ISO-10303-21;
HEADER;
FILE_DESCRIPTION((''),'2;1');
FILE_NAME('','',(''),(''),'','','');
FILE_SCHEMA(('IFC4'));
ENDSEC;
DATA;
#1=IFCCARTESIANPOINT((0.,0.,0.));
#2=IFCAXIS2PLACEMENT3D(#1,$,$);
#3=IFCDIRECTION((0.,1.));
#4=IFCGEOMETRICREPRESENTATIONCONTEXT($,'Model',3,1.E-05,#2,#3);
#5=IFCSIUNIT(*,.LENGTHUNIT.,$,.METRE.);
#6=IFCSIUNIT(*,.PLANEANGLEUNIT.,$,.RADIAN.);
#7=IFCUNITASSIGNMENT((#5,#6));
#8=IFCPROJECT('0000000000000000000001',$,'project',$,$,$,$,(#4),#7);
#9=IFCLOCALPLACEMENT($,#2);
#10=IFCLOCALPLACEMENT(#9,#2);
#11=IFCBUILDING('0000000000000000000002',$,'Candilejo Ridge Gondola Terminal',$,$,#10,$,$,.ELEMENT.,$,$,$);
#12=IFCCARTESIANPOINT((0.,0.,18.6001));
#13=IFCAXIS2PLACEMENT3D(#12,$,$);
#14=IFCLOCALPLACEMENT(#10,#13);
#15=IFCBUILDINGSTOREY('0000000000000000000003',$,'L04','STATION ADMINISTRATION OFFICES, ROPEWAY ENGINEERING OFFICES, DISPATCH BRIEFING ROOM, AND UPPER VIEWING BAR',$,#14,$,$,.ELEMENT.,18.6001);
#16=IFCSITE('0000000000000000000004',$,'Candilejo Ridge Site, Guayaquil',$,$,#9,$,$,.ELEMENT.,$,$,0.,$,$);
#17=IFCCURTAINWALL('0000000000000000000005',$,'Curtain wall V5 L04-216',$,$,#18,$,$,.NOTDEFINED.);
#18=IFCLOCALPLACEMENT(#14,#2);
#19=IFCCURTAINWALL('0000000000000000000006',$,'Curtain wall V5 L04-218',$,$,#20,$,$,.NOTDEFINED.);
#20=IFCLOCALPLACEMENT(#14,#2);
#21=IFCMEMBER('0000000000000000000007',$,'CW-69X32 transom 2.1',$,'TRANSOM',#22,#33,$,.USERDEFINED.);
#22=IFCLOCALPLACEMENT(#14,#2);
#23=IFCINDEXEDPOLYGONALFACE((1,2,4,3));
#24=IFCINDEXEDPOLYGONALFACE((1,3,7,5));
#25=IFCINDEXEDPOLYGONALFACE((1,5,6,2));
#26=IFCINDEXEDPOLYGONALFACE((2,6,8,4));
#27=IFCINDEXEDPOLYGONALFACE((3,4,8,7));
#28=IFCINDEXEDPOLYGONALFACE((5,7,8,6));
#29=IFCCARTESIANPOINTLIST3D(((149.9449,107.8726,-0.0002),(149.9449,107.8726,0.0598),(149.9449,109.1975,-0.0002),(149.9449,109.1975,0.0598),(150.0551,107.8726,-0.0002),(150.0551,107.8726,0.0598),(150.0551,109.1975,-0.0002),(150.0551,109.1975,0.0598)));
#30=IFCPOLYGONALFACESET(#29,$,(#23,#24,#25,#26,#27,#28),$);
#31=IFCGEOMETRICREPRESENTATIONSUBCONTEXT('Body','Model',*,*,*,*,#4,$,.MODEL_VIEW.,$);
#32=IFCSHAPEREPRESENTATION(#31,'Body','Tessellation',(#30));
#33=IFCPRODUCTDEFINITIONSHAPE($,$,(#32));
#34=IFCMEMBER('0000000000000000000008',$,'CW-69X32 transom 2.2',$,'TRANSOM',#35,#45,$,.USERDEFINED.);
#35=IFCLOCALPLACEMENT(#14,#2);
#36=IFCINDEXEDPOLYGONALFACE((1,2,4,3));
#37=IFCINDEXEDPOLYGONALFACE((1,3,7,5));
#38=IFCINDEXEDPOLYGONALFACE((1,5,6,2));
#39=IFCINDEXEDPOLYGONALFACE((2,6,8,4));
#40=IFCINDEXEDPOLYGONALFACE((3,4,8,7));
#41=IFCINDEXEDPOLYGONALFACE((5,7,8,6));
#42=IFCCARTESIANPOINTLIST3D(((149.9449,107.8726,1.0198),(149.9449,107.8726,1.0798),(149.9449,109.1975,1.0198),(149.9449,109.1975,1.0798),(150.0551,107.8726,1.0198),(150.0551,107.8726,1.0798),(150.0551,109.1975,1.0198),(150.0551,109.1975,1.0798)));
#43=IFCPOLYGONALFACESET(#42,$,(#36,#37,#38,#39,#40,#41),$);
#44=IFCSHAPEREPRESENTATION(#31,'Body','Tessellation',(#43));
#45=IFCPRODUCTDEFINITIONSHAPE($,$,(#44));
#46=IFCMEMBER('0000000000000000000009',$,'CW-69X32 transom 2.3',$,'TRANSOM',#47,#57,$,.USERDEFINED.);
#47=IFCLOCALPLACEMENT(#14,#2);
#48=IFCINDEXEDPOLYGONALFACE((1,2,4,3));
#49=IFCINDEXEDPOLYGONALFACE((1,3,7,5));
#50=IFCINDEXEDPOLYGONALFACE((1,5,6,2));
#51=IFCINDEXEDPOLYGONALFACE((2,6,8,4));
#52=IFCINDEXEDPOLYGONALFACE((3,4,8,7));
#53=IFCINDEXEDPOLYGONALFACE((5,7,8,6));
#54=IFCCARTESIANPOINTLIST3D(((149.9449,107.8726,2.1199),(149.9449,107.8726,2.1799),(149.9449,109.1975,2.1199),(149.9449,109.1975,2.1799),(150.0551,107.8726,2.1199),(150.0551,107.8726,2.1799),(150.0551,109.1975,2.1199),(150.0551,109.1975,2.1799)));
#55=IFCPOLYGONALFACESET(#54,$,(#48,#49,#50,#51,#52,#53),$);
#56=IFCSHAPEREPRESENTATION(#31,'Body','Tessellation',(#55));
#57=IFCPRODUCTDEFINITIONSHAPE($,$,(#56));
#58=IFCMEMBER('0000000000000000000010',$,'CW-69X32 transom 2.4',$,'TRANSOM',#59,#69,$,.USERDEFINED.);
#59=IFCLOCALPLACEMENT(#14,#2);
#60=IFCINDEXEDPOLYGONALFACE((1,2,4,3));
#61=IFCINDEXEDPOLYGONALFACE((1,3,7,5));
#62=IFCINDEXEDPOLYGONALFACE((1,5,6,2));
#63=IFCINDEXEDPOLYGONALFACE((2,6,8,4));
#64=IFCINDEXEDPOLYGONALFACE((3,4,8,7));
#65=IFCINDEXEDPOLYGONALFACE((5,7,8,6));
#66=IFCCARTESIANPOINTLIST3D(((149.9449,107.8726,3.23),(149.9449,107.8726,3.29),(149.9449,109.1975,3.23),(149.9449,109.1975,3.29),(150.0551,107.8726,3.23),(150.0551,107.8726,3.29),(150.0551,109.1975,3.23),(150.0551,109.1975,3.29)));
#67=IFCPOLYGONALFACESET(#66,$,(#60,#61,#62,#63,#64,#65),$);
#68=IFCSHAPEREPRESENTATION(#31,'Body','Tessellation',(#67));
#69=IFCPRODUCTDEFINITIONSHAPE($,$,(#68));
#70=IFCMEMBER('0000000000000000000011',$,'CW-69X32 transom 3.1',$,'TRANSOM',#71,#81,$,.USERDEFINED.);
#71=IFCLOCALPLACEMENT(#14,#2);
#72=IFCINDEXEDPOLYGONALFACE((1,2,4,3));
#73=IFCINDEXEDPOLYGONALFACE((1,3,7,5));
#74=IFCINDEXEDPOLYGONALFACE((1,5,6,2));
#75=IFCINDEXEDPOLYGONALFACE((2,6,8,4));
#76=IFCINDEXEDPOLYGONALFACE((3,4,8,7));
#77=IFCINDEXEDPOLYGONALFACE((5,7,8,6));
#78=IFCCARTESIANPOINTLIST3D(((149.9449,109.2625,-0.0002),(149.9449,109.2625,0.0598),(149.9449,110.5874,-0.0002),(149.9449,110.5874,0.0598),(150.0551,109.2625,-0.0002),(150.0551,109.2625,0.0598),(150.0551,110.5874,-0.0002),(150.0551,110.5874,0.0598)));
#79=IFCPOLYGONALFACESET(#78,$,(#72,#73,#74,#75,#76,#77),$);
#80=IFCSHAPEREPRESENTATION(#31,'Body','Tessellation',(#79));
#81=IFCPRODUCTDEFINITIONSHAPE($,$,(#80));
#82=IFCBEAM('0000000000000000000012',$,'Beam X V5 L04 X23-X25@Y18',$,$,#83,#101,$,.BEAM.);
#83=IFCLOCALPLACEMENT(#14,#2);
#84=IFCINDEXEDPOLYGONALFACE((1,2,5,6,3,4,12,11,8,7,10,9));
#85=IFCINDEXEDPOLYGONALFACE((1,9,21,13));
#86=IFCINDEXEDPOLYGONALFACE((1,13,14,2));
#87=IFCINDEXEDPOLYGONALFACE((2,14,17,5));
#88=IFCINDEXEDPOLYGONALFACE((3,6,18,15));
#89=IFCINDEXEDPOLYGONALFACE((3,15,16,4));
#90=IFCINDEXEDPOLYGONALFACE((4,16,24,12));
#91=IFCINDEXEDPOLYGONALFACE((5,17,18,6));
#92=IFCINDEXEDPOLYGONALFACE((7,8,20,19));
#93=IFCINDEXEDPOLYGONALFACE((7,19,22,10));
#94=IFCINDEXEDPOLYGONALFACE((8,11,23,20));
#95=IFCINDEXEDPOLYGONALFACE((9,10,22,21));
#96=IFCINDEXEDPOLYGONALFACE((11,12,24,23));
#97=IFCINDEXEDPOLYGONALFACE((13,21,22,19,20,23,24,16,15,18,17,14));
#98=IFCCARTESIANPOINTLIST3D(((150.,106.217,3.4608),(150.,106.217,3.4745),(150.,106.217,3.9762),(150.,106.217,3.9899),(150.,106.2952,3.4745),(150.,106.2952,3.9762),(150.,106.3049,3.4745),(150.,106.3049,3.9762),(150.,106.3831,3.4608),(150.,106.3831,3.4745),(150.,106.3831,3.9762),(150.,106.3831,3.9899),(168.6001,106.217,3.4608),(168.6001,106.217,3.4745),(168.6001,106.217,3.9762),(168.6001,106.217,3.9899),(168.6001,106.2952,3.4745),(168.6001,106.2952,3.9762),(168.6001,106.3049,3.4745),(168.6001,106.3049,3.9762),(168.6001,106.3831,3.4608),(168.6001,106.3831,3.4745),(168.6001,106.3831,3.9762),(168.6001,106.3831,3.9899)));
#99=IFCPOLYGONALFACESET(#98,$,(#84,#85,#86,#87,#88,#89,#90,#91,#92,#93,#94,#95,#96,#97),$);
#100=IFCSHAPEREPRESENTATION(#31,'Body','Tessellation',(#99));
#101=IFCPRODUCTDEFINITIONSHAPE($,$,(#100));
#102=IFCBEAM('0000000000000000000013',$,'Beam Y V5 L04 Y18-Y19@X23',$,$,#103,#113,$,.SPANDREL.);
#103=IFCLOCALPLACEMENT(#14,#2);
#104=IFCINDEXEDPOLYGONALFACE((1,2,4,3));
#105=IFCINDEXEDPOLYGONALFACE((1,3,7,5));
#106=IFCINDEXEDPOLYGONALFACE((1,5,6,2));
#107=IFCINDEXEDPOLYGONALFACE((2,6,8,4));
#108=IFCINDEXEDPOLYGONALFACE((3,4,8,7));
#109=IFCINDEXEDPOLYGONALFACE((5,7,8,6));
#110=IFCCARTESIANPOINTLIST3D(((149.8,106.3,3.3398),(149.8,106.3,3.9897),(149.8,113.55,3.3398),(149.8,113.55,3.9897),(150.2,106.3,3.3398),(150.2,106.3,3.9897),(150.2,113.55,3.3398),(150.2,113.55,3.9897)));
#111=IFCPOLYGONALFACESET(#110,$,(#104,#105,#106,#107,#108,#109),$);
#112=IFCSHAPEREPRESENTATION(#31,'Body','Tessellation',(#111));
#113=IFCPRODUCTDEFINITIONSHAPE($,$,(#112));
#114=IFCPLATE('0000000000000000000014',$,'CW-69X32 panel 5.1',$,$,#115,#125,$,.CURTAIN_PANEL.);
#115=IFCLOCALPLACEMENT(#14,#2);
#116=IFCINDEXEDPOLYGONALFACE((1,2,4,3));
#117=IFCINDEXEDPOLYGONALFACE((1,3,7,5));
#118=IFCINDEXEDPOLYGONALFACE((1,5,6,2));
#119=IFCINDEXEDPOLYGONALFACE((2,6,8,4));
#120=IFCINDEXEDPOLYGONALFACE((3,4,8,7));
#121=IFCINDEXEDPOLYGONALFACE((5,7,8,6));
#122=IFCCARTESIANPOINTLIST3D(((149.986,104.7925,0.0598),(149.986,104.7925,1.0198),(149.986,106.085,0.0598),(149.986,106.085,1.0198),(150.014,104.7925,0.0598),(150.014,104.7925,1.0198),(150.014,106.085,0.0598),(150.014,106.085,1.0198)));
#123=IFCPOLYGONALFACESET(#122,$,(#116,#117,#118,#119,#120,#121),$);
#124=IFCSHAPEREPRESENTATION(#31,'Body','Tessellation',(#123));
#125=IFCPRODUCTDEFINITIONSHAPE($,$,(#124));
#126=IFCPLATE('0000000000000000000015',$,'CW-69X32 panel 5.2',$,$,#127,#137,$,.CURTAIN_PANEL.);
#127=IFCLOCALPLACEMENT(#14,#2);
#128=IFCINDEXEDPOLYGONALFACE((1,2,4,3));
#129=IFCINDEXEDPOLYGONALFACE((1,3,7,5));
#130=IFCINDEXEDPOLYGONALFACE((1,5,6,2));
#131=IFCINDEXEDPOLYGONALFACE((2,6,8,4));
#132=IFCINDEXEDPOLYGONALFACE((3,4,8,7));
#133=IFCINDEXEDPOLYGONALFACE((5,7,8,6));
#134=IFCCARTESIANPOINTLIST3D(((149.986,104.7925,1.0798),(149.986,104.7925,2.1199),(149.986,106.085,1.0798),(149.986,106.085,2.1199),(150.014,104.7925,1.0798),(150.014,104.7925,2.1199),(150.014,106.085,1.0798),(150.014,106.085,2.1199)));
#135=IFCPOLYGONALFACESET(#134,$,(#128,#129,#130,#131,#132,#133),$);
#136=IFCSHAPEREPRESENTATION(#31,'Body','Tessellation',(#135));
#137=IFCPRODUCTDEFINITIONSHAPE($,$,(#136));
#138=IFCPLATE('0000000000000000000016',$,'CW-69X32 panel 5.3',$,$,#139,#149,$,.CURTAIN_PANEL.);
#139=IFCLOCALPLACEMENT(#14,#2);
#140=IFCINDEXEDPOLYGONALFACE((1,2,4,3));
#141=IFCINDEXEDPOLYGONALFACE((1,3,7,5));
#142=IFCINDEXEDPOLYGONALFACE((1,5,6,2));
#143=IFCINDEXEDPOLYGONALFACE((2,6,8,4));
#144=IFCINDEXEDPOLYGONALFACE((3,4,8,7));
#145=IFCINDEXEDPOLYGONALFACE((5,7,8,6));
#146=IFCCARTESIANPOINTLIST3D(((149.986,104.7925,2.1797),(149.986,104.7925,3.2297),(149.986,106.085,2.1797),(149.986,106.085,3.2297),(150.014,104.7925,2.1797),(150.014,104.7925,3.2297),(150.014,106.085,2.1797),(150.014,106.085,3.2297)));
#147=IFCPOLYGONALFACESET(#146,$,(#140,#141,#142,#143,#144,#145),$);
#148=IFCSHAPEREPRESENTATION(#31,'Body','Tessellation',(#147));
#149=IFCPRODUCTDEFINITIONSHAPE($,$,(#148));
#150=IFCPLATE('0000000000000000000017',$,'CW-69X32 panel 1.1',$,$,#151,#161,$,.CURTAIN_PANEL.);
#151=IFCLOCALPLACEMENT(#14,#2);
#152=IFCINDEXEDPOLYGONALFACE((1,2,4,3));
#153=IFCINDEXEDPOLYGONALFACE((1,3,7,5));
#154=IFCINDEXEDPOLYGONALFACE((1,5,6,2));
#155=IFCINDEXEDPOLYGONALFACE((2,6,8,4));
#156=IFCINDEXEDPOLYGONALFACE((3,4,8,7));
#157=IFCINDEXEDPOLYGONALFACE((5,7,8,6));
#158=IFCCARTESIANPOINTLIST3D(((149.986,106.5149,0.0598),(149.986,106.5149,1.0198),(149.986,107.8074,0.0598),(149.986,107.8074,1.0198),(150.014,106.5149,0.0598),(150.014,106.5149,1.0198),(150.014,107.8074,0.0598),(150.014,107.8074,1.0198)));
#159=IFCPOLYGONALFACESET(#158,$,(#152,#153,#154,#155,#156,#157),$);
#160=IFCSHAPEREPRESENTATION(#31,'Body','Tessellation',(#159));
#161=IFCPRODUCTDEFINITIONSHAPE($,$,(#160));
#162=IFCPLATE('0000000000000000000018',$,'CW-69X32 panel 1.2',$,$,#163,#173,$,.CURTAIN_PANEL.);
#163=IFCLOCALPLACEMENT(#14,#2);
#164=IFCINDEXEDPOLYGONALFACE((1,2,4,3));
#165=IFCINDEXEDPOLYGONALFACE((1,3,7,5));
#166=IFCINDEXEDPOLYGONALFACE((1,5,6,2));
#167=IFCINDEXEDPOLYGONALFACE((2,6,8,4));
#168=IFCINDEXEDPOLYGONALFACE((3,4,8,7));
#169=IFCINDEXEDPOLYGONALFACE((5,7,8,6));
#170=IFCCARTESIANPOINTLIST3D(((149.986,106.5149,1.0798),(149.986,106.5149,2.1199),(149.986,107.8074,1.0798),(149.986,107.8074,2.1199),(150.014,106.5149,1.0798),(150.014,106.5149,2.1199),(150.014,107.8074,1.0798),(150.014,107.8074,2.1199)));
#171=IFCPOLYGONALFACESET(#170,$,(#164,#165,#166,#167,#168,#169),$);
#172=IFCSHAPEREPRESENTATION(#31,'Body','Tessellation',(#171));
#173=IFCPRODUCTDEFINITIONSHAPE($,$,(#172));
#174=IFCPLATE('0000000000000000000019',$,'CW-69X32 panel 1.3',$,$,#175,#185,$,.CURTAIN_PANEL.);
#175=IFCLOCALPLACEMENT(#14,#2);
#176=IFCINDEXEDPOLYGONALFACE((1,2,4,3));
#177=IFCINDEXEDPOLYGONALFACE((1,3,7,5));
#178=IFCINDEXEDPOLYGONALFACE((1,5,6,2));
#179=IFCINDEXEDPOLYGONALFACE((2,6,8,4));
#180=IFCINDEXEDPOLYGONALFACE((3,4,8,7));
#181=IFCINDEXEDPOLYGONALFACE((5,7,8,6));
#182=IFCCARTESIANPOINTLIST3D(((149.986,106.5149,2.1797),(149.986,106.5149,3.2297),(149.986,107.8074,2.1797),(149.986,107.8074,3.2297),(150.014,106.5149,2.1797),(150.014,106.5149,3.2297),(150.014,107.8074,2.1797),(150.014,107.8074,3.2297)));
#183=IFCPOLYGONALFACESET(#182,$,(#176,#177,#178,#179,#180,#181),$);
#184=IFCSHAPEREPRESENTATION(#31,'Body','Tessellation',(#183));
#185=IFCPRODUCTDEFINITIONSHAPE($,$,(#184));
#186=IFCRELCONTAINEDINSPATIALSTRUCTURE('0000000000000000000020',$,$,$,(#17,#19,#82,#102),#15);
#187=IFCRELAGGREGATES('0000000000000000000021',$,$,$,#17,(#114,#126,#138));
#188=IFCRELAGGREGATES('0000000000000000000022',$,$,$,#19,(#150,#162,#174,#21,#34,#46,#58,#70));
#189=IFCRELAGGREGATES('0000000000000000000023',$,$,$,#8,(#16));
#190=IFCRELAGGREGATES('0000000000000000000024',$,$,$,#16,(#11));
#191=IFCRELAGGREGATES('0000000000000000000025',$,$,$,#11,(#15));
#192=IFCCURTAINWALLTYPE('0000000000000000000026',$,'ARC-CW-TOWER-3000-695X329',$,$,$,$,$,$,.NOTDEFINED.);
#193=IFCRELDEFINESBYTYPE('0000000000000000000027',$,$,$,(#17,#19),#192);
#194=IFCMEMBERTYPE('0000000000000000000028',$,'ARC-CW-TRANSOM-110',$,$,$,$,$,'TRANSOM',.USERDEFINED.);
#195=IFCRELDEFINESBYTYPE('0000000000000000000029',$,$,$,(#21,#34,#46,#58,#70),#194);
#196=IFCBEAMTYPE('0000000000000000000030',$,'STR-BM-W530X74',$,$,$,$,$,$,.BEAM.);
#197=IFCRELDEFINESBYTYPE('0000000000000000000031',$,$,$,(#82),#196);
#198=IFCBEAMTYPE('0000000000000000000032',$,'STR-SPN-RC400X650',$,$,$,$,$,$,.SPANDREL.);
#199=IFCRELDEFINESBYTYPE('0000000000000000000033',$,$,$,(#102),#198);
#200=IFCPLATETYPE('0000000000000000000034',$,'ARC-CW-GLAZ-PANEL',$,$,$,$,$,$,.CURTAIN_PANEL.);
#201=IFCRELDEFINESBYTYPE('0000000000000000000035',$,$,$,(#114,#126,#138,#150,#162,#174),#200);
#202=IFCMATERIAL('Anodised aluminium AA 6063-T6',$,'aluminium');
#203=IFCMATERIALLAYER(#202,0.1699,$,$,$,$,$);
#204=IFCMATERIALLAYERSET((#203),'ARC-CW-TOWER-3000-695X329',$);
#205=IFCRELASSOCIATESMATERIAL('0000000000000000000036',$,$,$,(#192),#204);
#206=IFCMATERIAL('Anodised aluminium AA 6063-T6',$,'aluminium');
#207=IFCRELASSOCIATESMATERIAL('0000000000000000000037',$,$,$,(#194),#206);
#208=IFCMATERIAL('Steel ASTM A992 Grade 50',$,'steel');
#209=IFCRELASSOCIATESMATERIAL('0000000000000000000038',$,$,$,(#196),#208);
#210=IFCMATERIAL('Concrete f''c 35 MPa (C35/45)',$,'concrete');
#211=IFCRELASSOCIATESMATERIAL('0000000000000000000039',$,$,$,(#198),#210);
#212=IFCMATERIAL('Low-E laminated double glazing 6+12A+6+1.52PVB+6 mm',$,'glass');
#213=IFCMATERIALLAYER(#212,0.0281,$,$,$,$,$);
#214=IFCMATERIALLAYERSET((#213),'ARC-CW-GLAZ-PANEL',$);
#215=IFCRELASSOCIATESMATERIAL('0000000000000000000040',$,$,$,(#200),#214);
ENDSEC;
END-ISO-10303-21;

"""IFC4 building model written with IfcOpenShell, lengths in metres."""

from ifc_helpers import new_model, si_unit, direction, frame, origin, origin_2d, place, context, subcontext, project, spatial, rectangle, i_section, extrude, material, layer, layer_set, material_profile, profile_set, type_object, element, aggregate, save


model = new_model("IFC4")

# Units and contexts
model_context = context("Model", 3, precision=1e-05, world=origin(), true_north=direction((0.0, 1.0)))
body_context = subcontext(model_context, "Body", "Model", "MODEL_VIEW")
ifc_project = project(units=[si_unit("LENGTHUNIT", "METRE"), si_unit("PLANEANGLEUNIT", "RADIAN")], contexts=[model_context])

# Site, building, storey
site_placement = place(None, origin())
site = spatial("IfcSite", under=ifc_project, at=site_placement, Name="Candilejo Ridge Site, Guayaquil", CompositionType="ELEMENT", RefElevation=0.0)
building_placement = place(site_placement, origin())
building = spatial("IfcBuilding", under=site, at=building_placement, Name="Candilejo Ridge Gondola Terminal", CompositionType="ELEMENT")
storey_placement = place(building_placement, frame((0.0, 0.0, 18.6001)))
storey = spatial("IfcBuildingStorey", under=building, at=storey_placement, Name="L04", Description="STATION ADMINISTRATION OFFICES, ROPEWAY ENGINEERING OFFICES, DISPATCH BRIEFING ROOM, AND UPPER VIEWING BAR", CompositionType="ELEMENT", Elevation=18.6001)

# Curtain walls
ifc_material_1 = material(Name="Anodised aluminium AA 6063-T6", Category="aluminium")
ifc_layer_1 = layer(ifc_material_1, 0.1699)
ifc_layer_set_1 = layer_set([ifc_layer_1], Name="ARC-CW-TOWER-3000-695X329")
curtain_wall_type = type_object("IfcCurtainWallType", Name="ARC-CW-TOWER-3000-695X329", PredefinedType="NOTDEFINED", material=ifc_layer_set_1)
curtain_wall_1_placement = place(storey_placement, origin())
curtain_wall_1 = element("IfcCurtainWall", 1, at=curtain_wall_1_placement, inside=storey, type_object=curtain_wall_type, Name="Curtain wall V5 L04-216", PredefinedType="NOTDEFINED")
curtain_wall_2_placement = place(storey_placement, origin())
curtain_wall_2 = element("IfcCurtainWall", 2, at=curtain_wall_2_placement, inside=storey, type_object=curtain_wall_type, Name="Curtain wall V5 L04-218", PredefinedType="NOTDEFINED")

# Members
ifc_material_2 = material(Name="Anodised aluminium AA 6063-T6", Category="aluminium")
ifc_material_profile_1 = material_profile(ifc_material_2, rectangle(XDim=0.1101, YDim=0.0601, at=origin_2d()))
ifc_profile_set_1 = profile_set([ifc_material_profile_1], Name="Anodised aluminium AA 6063-T6")
member_type_1 = type_object("IfcMemberType", Name="ARC-CW-TRANSOM-110", ElementType="TRANSOM", PredefinedType="USERDEFINED", material=ifc_profile_set_1)
member_1_placement = place(storey_placement, frame((150.0, 107.8726, 0.0298), z_axis=(0.0, 1.0, 0.0), x_axis=(-1.0, 0.0, 0.0)))
member_1 = element("IfcMember", 3, at=member_1_placement, type_object=member_type_1, Name="CW-69X32 transom 2.1", ObjectType="TRANSOM", PredefinedType="USERDEFINED", context=body_context, shape_type="SweptSolid", body=[
    extrude(rectangle(XDim=0.1101, YDim=0.0601, at=origin_2d()), origin(), (0.0, 0.0, 1.0), 1.325),
])
member_2_placement = place(storey_placement, frame((150.0, 107.8726, 1.0498), z_axis=(0.0, 1.0, 0.0), x_axis=(-1.0, 0.0, 0.0)))
member_2 = element("IfcMember", 4, at=member_2_placement, type_object=member_type_1, Name="CW-69X32 transom 2.2", ObjectType="TRANSOM", PredefinedType="USERDEFINED", context=body_context, shape_type="SweptSolid", body=[
    extrude(rectangle(XDim=0.1101, YDim=0.0601, at=origin_2d()), origin(), (0.0, 0.0, 1.0), 1.325),
])
member_3_placement = place(storey_placement, frame((150.0, 107.8726, 2.1499), z_axis=(0.0, 1.0, 0.0), x_axis=(-1.0, 0.0, 0.0)))
member_3 = element("IfcMember", 5, at=member_3_placement, type_object=member_type_1, Name="CW-69X32 transom 2.3", ObjectType="TRANSOM", PredefinedType="USERDEFINED", context=body_context, shape_type="SweptSolid", body=[
    extrude(rectangle(XDim=0.1101, YDim=0.0601, at=origin_2d()), origin(), (0.0, 0.0, 1.0), 1.325),
])
member_4_placement = place(storey_placement, frame((150.0, 107.8726, 3.26), z_axis=(0.0, 1.0, 0.0), x_axis=(-1.0, 0.0, 0.0)))
member_4 = element("IfcMember", 6, at=member_4_placement, type_object=member_type_1, Name="CW-69X32 transom 2.4", ObjectType="TRANSOM", PredefinedType="USERDEFINED", context=body_context, shape_type="SweptSolid", body=[
    extrude(rectangle(XDim=0.1101, YDim=0.0601, at=origin_2d()), origin(), (0.0, 0.0, 1.0), 1.325),
])
member_5_placement = place(storey_placement, frame((150.0, 109.2625, 0.0298), z_axis=(0.0, 1.0, 0.0), x_axis=(-1.0, 0.0, 0.0)))
member_5 = element("IfcMember", 7, at=member_5_placement, type_object=member_type_1, Name="CW-69X32 transom 3.1", ObjectType="TRANSOM", PredefinedType="USERDEFINED", context=body_context, shape_type="SweptSolid", body=[
    extrude(rectangle(XDim=0.1101, YDim=0.0601, at=origin_2d()), origin(), (0.0, 0.0, 1.0), 1.325),
])

# Beams
ifc_material_3 = material(Name="Steel ASTM A992 Grade 50", Category="steel")
ifc_material_profile_2 = material_profile(ifc_material_3, i_section(OverallWidth=0.166, OverallDepth=0.5291, WebThickness=0.0098, FlangeThickness=0.0137, at=origin_2d()))
ifc_profile_set_2 = profile_set([ifc_material_profile_2], Name="Steel ASTM A992 Grade 50")
beam_type_1 = type_object("IfcBeamType", Name="STR-BM-W530X74", PredefinedType="BEAM", material=ifc_profile_set_2)
beam_1_placement = place(storey_placement, frame((150.0, 106.3, 3.7253), z_axis=(1.0, 0.0, 0.0), x_axis=(0.0, 1.0, 0.0)))
element("IfcBeam", 8, at=beam_1_placement, inside=storey, type_object=beam_type_1, Name="Beam X V5 L04 X23-X25@Y18", PredefinedType="BEAM", context=body_context, shape_type="SweptSolid", body=[
    extrude(i_section(OverallWidth=0.166, OverallDepth=0.5291, WebThickness=0.0098, FlangeThickness=0.0137, at=origin_2d()), origin(), (0.0, 0.0, 1.0), 18.6001),
])
ifc_material_4 = material(Name="Concrete f'c 35 MPa (C35/45)", Category="concrete")
ifc_material_profile_3 = material_profile(ifc_material_4, rectangle(XDim=0.3999, YDim=0.6499, at=origin_2d()))
ifc_profile_set_3 = profile_set([ifc_material_profile_3], Name="Concrete f'c 35 MPa (C35/45)")
beam_type_2 = type_object("IfcBeamType", Name="STR-SPN-RC400X650", PredefinedType="SPANDREL", material=ifc_profile_set_3)
beam_2_placement = place(storey_placement, frame((150.0, 106.3, 3.6648), z_axis=(0.0, 1.0, 0.0), x_axis=(-1.0, 0.0, 0.0)))
element("IfcBeam", 9, at=beam_2_placement, inside=storey, type_object=beam_type_2, Name="Beam Y V5 L04 Y18-Y19@X23", PredefinedType="SPANDREL", context=body_context, shape_type="SweptSolid", body=[
    extrude(rectangle(XDim=0.3999, YDim=0.6499, at=origin_2d()), origin(), (0.0, 0.0, 1.0), 7.25),
])

# Plates
ifc_material_5 = material(Name="Low-E laminated double glazing 6+12A+6+1.52PVB+6 mm", Category="glass")
ifc_layer_2 = layer(ifc_material_5, 0.0281)
ifc_layer_set_2 = layer_set([ifc_layer_2], Name="ARC-CW-GLAZ-PANEL")
plate_type = type_object("IfcPlateType", Name="ARC-CW-GLAZ-PANEL", PredefinedType="CURTAIN_PANEL", material=ifc_layer_set_2)
plate_1_placement = place(storey_placement, frame((150.0, 105.4387, 0.0598), z_axis=(0.0, 0.0, 1.0), x_axis=(0.0, 1.0, 0.0)))
plate_1 = element("IfcPlate", 10, at=plate_1_placement, type_object=plate_type, Name="CW-69X32 panel 5.1", PredefinedType="CURTAIN_PANEL", context=body_context, shape_type="SweptSolid", body=[
    extrude(rectangle(XDim=1.2925, YDim=0.0281, at=origin_2d()), origin(), (0.0, 0.0, 1.0), 0.96),
])
plate_2_placement = place(storey_placement, frame((150.0, 105.4387, 1.0798), z_axis=(0.0, 0.0, 1.0), x_axis=(0.0, 1.0, 0.0)))
plate_2 = element("IfcPlate", 11, at=plate_2_placement, type_object=plate_type, Name="CW-69X32 panel 5.2", PredefinedType="CURTAIN_PANEL", context=body_context, shape_type="SweptSolid", body=[
    extrude(rectangle(XDim=1.2925, YDim=0.0281, at=origin_2d()), origin(), (0.0, 0.0, 1.0), 1.04),
])
plate_3_placement = place(storey_placement, frame((150.0, 105.4387, 2.1797), z_axis=(0.0, 0.0, 1.0), x_axis=(0.0, 1.0, 0.0)))
plate_3 = element("IfcPlate", 12, at=plate_3_placement, type_object=plate_type, Name="CW-69X32 panel 5.3", PredefinedType="CURTAIN_PANEL", context=body_context, shape_type="SweptSolid", body=[
    extrude(rectangle(XDim=1.2925, YDim=0.0281, at=origin_2d()), origin(), (0.0, 0.0, 1.0), 1.05),
])
aggregate(curtain_wall_1, [plate_1, plate_2, plate_3])
plate_4_placement = place(storey_placement, frame((150.0, 107.1611, 0.0598), z_axis=(0.0, 0.0, 1.0), x_axis=(0.0, 1.0, 0.0)))
plate_4 = element("IfcPlate", 13, at=plate_4_placement, type_object=plate_type, Name="CW-69X32 panel 1.1", PredefinedType="CURTAIN_PANEL", context=body_context, shape_type="SweptSolid", body=[
    extrude(rectangle(XDim=1.2925, YDim=0.0281, at=origin_2d()), origin(), (0.0, 0.0, 1.0), 0.96),
])
plate_5_placement = place(storey_placement, frame((150.0, 107.1611, 1.0798), z_axis=(0.0, 0.0, 1.0), x_axis=(0.0, 1.0, 0.0)))
plate_5 = element("IfcPlate", 14, at=plate_5_placement, type_object=plate_type, Name="CW-69X32 panel 1.2", PredefinedType="CURTAIN_PANEL", context=body_context, shape_type="SweptSolid", body=[
    extrude(rectangle(XDim=1.2925, YDim=0.0281, at=origin_2d()), origin(), (0.0, 0.0, 1.0), 1.04),
])
plate_6_placement = place(storey_placement, frame((150.0, 107.1611, 2.1797), z_axis=(0.0, 0.0, 1.0), x_axis=(0.0, 1.0, 0.0)))
plate_6 = element("IfcPlate", 15, at=plate_6_placement, type_object=plate_type, Name="CW-69X32 panel 1.3", PredefinedType="CURTAIN_PANEL", context=body_context, shape_type="SweptSolid", body=[
    extrude(rectangle(XDim=1.2925, YDim=0.0281, at=origin_2d()), origin(), (0.0, 0.0, 1.0), 1.05),
])
aggregate(curtain_wall_2, [plate_4, plate_5, plate_6, member_1, member_2, member_3, member_4, member_5])

save(model, "model.ifc")
